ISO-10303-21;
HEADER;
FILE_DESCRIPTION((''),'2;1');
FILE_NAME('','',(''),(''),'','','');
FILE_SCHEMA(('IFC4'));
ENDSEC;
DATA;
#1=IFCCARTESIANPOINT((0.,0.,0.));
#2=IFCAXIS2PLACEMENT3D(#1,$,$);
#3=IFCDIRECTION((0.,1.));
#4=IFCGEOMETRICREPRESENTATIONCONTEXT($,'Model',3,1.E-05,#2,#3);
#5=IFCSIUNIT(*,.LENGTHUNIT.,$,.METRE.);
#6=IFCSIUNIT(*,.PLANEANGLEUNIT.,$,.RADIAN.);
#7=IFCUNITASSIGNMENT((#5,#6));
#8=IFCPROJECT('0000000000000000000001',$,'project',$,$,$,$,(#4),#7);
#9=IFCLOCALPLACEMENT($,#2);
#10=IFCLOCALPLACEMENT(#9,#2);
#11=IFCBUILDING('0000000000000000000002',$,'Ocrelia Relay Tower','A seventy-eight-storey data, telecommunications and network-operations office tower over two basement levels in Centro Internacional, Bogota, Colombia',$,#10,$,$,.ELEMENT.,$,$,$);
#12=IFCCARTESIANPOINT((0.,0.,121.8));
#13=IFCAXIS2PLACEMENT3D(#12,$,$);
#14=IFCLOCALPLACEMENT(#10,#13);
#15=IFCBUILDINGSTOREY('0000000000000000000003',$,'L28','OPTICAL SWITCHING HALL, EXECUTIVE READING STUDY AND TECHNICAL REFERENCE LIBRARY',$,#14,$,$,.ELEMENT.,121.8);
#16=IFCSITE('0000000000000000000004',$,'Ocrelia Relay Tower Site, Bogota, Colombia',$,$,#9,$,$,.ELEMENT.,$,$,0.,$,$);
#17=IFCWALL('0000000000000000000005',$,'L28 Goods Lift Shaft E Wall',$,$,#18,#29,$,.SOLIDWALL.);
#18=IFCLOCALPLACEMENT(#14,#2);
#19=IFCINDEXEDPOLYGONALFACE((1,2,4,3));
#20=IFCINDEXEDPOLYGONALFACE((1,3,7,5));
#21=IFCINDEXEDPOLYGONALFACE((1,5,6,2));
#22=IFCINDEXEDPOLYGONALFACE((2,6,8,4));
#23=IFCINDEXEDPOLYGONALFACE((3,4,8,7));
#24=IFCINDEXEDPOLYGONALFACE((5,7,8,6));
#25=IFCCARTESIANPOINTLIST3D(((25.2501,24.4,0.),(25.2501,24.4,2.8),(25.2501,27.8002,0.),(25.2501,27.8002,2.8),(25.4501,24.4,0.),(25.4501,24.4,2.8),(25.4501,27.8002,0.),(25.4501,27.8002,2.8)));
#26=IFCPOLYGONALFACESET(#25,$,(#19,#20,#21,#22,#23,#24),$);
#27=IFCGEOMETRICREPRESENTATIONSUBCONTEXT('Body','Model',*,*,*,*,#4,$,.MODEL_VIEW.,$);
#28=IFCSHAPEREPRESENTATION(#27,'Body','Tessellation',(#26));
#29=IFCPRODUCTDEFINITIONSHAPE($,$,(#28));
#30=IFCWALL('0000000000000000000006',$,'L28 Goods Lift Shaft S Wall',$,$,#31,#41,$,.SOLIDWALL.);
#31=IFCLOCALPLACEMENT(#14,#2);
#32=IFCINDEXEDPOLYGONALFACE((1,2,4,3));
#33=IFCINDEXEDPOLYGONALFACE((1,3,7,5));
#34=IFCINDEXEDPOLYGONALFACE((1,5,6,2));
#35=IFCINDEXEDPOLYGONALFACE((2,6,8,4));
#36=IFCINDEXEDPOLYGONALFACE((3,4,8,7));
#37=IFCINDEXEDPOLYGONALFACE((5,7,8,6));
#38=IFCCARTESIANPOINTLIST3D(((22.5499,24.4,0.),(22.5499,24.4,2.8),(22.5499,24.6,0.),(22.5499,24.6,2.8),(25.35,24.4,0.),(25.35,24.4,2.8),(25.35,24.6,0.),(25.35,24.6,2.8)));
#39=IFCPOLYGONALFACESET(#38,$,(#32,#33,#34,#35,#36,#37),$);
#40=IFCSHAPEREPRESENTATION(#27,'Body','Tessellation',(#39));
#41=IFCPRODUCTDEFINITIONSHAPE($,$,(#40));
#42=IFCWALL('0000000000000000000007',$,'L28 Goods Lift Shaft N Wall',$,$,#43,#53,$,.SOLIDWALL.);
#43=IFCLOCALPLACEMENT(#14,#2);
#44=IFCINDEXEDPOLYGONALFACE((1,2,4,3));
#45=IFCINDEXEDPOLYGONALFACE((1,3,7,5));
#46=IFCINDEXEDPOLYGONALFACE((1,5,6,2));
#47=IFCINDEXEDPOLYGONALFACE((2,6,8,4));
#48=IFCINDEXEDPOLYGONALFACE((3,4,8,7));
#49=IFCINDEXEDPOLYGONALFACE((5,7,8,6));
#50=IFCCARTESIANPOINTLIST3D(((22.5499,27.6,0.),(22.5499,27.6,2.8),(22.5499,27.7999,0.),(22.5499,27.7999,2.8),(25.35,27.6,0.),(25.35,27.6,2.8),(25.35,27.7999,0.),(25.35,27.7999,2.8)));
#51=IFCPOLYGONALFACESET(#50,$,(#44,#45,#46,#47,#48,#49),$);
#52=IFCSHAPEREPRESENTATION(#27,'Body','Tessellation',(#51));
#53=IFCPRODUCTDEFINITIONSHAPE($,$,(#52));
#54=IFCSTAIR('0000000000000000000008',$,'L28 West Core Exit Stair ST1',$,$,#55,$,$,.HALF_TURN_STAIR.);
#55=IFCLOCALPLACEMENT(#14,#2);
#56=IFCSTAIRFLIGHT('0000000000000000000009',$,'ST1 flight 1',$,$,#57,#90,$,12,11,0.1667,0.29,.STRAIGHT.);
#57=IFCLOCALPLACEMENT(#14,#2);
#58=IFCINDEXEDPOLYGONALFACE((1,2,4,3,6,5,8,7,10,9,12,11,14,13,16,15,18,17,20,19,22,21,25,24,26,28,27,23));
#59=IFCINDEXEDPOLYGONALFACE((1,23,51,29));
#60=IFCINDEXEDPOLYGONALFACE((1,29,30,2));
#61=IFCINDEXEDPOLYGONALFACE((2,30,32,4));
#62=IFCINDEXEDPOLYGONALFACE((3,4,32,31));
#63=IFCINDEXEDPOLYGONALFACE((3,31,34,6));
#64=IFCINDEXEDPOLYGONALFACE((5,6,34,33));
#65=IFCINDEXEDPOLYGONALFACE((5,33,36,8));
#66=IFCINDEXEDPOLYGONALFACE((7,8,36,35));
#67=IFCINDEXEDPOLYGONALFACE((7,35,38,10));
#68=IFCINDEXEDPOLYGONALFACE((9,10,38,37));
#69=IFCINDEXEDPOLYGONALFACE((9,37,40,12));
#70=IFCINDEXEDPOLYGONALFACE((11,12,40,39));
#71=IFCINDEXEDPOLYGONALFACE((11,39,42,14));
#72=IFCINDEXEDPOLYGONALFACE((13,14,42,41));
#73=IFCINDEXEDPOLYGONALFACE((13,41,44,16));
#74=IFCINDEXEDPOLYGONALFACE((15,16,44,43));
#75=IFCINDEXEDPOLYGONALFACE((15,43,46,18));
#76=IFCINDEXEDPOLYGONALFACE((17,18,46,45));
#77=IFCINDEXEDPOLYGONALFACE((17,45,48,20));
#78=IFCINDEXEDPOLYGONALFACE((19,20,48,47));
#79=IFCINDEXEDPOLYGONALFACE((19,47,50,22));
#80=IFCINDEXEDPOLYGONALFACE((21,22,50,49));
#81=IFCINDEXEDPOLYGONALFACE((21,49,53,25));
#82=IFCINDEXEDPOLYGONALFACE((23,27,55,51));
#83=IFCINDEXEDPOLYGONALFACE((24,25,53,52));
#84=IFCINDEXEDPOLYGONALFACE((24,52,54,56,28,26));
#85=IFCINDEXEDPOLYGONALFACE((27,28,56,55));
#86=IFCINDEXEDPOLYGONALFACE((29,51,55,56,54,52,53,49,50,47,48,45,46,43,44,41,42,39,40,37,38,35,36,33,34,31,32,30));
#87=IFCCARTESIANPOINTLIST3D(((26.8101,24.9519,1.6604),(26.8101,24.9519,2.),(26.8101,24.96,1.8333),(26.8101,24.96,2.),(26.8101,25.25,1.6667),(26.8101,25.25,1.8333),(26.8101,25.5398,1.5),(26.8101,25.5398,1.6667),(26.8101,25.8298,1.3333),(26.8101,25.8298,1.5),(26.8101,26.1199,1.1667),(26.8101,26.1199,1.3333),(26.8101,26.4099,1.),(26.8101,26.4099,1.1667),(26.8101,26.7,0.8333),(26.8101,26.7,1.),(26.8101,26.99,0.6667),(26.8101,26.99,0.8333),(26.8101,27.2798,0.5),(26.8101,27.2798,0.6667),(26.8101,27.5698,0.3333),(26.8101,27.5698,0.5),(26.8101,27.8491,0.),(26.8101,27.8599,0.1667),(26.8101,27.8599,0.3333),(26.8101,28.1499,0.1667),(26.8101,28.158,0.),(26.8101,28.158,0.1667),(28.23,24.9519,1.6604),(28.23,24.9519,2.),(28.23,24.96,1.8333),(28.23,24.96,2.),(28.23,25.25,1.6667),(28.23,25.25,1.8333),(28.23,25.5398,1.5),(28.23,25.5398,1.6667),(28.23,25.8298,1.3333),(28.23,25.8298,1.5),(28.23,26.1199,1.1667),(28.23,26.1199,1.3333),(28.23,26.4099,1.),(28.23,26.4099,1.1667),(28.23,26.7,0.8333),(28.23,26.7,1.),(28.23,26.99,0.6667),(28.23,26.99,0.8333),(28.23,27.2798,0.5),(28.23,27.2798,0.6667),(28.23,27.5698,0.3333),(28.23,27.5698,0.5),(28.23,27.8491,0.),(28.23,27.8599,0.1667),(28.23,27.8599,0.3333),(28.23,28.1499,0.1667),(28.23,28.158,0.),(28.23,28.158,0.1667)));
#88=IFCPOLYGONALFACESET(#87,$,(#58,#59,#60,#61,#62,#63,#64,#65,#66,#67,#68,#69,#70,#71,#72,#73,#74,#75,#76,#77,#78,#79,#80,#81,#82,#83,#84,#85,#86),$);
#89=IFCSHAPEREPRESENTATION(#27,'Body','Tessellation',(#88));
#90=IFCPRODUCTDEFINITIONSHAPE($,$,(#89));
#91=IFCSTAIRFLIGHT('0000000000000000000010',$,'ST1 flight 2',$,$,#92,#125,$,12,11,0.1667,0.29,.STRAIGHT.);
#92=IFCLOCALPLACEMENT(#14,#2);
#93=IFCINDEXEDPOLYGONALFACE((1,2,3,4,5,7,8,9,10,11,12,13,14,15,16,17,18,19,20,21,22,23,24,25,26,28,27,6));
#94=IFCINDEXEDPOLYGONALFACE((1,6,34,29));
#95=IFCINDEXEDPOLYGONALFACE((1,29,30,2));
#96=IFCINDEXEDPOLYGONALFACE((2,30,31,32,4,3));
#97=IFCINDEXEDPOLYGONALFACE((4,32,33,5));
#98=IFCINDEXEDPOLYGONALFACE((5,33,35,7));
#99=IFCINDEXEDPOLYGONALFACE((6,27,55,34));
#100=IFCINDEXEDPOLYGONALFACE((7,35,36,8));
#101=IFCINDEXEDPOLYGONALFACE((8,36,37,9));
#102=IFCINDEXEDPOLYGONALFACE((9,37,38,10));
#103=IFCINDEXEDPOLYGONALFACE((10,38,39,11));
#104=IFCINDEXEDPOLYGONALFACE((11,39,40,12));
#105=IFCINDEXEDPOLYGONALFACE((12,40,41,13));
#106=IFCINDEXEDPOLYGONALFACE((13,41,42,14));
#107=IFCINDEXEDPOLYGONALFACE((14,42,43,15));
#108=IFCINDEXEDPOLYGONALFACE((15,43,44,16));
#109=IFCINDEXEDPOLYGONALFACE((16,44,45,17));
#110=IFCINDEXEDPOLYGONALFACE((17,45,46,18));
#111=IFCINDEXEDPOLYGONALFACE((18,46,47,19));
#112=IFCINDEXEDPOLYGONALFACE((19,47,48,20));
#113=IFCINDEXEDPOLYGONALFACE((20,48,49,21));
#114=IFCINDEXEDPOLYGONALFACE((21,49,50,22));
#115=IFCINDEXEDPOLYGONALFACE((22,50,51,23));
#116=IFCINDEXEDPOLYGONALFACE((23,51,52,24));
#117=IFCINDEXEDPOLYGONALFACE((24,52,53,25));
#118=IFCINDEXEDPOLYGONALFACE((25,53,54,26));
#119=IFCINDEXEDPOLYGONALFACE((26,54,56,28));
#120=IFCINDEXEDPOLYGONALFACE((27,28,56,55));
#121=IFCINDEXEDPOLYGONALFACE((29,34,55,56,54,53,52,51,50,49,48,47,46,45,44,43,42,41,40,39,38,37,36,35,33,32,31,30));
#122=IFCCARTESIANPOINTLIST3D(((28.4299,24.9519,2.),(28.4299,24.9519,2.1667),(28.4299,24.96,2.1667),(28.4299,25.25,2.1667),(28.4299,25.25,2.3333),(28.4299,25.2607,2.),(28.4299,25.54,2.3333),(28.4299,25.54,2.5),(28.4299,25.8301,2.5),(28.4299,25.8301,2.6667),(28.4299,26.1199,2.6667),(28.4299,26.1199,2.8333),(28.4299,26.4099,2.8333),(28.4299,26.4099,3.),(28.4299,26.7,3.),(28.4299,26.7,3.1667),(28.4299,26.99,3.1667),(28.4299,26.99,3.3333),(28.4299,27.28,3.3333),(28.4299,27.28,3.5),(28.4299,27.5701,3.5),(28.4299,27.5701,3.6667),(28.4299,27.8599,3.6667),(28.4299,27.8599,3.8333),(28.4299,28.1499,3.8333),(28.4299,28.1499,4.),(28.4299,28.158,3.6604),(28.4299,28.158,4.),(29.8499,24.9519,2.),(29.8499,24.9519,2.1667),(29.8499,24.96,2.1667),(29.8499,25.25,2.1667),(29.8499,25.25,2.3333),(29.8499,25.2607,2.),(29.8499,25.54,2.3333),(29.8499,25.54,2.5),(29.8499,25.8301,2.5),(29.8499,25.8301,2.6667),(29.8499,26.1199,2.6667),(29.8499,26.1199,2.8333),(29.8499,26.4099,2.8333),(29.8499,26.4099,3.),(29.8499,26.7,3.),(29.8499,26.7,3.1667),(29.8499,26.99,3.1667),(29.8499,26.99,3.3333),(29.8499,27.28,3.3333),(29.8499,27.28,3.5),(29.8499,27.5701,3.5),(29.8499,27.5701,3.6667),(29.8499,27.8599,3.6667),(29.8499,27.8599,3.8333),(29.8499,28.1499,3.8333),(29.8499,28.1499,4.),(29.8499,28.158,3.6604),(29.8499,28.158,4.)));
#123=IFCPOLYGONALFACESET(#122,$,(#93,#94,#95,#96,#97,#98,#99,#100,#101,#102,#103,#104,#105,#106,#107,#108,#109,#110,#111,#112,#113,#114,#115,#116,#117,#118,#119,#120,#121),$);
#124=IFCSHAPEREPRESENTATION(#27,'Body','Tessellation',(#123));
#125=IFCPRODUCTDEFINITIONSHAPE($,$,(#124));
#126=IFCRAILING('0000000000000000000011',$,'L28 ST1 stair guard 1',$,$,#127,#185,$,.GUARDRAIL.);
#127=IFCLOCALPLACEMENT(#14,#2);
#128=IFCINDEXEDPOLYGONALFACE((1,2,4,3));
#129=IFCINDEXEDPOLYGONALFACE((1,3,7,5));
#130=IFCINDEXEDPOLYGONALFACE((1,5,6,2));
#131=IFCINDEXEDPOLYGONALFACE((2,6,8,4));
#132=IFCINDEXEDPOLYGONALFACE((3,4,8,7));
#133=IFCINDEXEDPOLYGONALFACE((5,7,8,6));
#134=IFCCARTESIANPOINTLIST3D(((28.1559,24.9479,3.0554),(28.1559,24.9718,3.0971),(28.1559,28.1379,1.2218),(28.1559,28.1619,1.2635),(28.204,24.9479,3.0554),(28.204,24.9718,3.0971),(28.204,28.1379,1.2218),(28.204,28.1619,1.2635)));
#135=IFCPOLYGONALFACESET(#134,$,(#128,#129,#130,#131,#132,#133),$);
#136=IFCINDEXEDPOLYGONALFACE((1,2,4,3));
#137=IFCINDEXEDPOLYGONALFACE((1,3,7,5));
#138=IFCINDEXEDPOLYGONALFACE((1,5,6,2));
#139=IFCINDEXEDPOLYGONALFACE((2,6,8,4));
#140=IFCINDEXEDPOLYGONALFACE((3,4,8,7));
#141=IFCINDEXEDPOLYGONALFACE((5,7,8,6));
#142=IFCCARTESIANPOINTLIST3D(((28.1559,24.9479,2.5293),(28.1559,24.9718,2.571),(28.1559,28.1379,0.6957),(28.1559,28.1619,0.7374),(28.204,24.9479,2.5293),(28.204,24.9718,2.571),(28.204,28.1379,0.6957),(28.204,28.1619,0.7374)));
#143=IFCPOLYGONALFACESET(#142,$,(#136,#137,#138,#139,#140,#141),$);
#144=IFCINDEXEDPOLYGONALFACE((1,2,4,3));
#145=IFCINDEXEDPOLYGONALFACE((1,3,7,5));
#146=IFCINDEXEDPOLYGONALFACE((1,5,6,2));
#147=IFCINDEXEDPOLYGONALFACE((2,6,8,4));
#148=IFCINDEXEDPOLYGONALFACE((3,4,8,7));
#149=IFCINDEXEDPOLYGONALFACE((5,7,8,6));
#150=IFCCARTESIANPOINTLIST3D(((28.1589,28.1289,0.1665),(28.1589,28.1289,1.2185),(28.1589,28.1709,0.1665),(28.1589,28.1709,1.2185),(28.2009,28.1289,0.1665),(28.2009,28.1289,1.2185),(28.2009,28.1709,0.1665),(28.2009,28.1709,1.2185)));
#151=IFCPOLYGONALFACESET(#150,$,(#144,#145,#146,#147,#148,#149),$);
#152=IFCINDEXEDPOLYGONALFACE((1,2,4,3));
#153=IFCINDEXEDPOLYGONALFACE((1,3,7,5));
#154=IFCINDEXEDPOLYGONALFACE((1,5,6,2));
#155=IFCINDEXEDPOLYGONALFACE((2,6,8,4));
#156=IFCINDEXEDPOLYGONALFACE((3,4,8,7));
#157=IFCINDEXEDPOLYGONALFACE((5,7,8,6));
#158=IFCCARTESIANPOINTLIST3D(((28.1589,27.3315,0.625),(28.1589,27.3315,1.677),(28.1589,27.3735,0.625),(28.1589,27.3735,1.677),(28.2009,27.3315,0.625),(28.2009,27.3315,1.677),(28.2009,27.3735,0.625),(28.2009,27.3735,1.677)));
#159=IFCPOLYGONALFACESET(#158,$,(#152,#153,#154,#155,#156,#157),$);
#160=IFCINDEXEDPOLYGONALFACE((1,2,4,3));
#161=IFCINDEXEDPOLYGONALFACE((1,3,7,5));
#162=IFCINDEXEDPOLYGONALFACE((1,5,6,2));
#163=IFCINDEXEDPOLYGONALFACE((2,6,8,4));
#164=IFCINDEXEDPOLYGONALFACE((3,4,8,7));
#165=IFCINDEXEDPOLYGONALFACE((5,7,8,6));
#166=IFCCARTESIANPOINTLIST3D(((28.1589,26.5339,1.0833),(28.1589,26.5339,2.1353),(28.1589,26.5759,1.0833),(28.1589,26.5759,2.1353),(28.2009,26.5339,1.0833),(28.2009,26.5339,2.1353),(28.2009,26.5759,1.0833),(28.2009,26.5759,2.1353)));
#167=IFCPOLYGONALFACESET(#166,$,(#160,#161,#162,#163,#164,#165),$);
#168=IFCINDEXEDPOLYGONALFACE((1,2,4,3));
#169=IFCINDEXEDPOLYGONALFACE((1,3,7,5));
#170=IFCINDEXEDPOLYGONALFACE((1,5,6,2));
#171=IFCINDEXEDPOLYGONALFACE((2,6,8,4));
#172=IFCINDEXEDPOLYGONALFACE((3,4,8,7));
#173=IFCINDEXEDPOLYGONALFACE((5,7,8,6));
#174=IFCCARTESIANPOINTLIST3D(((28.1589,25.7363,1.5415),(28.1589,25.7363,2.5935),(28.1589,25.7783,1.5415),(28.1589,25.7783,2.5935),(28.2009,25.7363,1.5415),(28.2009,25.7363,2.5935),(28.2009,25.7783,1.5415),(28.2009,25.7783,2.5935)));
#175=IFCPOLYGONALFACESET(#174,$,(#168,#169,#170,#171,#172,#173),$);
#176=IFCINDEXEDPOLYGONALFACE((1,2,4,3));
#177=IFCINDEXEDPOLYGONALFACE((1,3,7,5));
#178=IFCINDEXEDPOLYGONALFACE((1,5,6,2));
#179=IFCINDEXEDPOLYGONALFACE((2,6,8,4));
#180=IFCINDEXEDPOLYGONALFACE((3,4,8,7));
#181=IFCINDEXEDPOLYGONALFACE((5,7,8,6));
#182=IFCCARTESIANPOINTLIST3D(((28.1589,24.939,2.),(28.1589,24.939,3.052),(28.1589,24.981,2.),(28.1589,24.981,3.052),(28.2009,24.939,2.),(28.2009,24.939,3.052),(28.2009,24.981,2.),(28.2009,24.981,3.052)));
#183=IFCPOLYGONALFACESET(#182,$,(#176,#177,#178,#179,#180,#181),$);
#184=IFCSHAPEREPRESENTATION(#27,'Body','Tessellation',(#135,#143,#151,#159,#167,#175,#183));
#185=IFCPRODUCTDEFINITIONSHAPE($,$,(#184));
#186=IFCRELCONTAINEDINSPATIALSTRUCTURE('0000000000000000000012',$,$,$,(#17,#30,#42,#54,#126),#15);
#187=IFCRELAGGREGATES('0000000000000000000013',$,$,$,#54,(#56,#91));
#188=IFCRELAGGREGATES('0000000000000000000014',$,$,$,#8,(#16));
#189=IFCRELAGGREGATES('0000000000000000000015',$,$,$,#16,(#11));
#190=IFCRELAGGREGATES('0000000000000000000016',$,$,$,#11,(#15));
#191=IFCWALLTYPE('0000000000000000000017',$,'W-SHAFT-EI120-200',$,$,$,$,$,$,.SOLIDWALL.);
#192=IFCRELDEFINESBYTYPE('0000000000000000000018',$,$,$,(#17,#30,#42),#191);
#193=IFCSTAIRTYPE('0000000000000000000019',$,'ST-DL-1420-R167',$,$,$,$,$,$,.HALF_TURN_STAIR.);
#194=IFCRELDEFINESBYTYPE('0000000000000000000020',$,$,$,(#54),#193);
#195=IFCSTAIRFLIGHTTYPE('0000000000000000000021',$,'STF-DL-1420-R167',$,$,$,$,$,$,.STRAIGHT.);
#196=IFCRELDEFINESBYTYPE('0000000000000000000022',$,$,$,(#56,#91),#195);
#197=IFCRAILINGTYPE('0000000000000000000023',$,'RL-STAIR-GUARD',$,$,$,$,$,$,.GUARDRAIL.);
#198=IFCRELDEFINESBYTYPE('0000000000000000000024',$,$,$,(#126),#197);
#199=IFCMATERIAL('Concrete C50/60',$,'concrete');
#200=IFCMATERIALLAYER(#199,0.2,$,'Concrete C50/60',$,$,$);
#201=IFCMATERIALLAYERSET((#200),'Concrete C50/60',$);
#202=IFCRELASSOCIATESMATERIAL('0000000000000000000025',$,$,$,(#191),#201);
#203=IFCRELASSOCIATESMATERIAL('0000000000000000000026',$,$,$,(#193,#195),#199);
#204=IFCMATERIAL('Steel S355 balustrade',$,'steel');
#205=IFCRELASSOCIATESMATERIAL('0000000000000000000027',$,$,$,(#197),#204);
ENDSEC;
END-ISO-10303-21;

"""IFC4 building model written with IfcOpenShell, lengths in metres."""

from ifc_helpers import new_model, si_unit, direction, frame, frame_2d, origin, origin_2d, place, context, subcontext, project, spatial, polyline, rectangle, outline, extrude, material, layer, layer_set, type_object, element, aggregate, save


model = new_model("IFC4")

# Units and contexts
model_context = context("Model", 3, precision=1e-05, world=origin(), true_north=direction((0.0, 1.0)))
body_context = subcontext(model_context, "Body", "Model", "MODEL_VIEW")
ifc_project = project(units=[si_unit("LENGTHUNIT", "METRE"), si_unit("PLANEANGLEUNIT", "RADIAN")], contexts=[model_context])

# Site, building, storey
site_placement = place(None, origin())
site = spatial("IfcSite", under=ifc_project, at=site_placement, Name="Ocrelia Relay Tower Site, Bogota, Colombia", CompositionType="ELEMENT", RefElevation=0.0)
building_placement = place(site_placement, origin())
building = spatial("IfcBuilding", under=site, at=building_placement, Name="Ocrelia Relay Tower", Description="A seventy-eight-storey data, telecommunications and network-operations office tower over two basement levels in Centro Internacional, Bogota, Colombia", CompositionType="ELEMENT")
storey_placement = place(building_placement, frame((0.0, 0.0, 121.8)))
storey = spatial("IfcBuildingStorey", under=building, at=storey_placement, Name="L28", Description="OPTICAL SWITCHING HALL, EXECUTIVE READING STUDY AND TECHNICAL REFERENCE LIBRARY", CompositionType="ELEMENT", Elevation=121.8)

# Shared definitions
ifc_material_1 = material(Name="Concrete C50/60", Category="concrete")
ifc_layer_1 = layer(ifc_material_1, 0.2, Name="Concrete C50/60")
ifc_layer_set_1 = layer_set([ifc_layer_1], Name="Concrete C50/60")
wall_type_1 = type_object("IfcWallType", Name="W-SHAFT-EI120-200", PredefinedType="SOLIDWALL", material=ifc_layer_set_1)

# Walls
wall_1_placement = place(storey_placement, frame((25.3501, 24.3999, 0.0), z_axis=(0.0, 0.0, 1.0), x_axis=(0.0, 1.0, 0.0)))
element("IfcWall", 1, at=wall_1_placement, inside=storey, type_object=wall_type_1, Name="L28 Goods Lift Shaft E Wall", PredefinedType="SOLIDWALL", context=body_context, shape_type="SweptSolid", body=[
    extrude(rectangle(XDim=3.4001, YDim=0.2, at=frame_2d((1.7002, 0.0))), origin(), (0.0, 0.0, 1.0), 2.8),
])
for number, where, z_axis, x_axis, name in (
    (2, (22.55, 24.5, 0.0), (0.0, 0.0, 1.0), (1.0, 0.0, 0.0), "L28 Goods Lift Shaft S Wall"),
    (3, (22.55, 27.7, 0.0), (0.0, 0.0, 1.0), (1.0, 0.0, 0.0), "L28 Goods Lift Shaft N Wall"),
):
    element("IfcWall", number, at=place(storey_placement, frame(where, z_axis=z_axis, x_axis=x_axis)), inside=storey, type_object=wall_type_1, Name=name, PredefinedType="SOLIDWALL", context=body_context, shape_type="SweptSolid", body=[
        extrude(rectangle(XDim=2.8, YDim=0.2, at=frame_2d((1.3999, 0.0))), origin(), (0.0, 0.0, 1.0), 2.8),
    ])

# Stair, stair flights
stair_type = type_object("IfcStairType", Name="ST-DL-1420-R167", PredefinedType="HALF_TURN_STAIR", material=ifc_material_1)
stair_placement = place(storey_placement, origin())
stair = element("IfcStair", 4, at=stair_placement, inside=storey, type_object=stair_type, Name="L28 West Core Exit Stair ST1", PredefinedType="HALF_TURN_STAIR")
stair_flight_type = type_object("IfcStairFlightType", Name="STF-DL-1420-R167", PredefinedType="STRAIGHT", material=ifc_material_1)
stair_flight_1_placement = place(storey_placement, frame((27.52, 28.1499, 0.0), z_axis=(0.0, 0.0, 1.0), x_axis=(0.0, -1.0, 0.0)))
stair_flight_1 = element("IfcStairFlight", 5, at=stair_flight_1_placement, type_object=stair_flight_type, Name="ST1 flight 1", NumberOfRisers=12, NumberOfTreads=11, PredefinedType="STRAIGHT", RiserHeight=0.1667, TreadLength=0.29, context=body_context, shape_type="SweptSolid", body=[
    extrude(outline(polyline([(-0.0081, 0.0), (-0.0081, 0.1667), (0.0, 0.1667), (0.29, 0.1667), (0.29, 0.3333), (0.5801, 0.3333), (0.5801, 0.5), (0.8701, 0.5), (0.8701, 0.6667), (1.1599, 0.6667), (1.1599, 0.8333), (1.45, 0.8333), (1.45, 1.0), (1.74, 1.0), (1.74, 1.1667), (2.03, 1.1667), (2.03, 1.3333), (2.3201, 1.3333), (2.3201, 1.5), (2.6101, 1.5), (2.6101, 1.6667), (2.8999, 1.6667), (2.8999, 1.8333), (3.1899, 1.8333), (3.1899, 2.0), (3.198, 2.0), (3.198, 1.6604), (0.3008, 0.0), (-0.0081, 0.0)])), frame((0.0, 0.71, 0.0), z_axis=(0.0, -1.0, 0.0), x_axis=(1.0, 0.0, 0.0)), (0.0, 0.0, 1.0), 1.4199),
])
stair_flight_2_placement = place(storey_placement, frame((29.1399, 24.96, 2.0), z_axis=(0.0, 0.0, 1.0), x_axis=(0.0, 1.0, 0.0)))
stair_flight_2 = element("IfcStairFlight", 6, at=stair_flight_2_placement, type_object=stair_flight_type, Name="ST1 flight 2", NumberOfRisers=12, NumberOfTreads=11, PredefinedType="STRAIGHT", RiserHeight=0.1667, TreadLength=0.29, context=body_context, shape_type="SweptSolid", body=[
    extrude(outline(polyline([(-0.0081, 0.0), (-0.0081, 0.1667), (0.0, 0.1667), (0.29, 0.1667), (0.29, 0.3333), (0.5801, 0.3333), (0.5801, 0.5), (0.8701, 0.5), (0.8701, 0.6667), (1.1599, 0.6667), (1.1599, 0.8333), (1.45, 0.8333), (1.45, 1.0), (1.74, 1.0), (1.74, 1.1667), (2.03, 1.1667), (2.03, 1.3333), (2.3201, 1.3333), (2.3201, 1.5), (2.6101, 1.5), (2.6101, 1.6667), (2.8999, 1.6667), (2.8999, 1.8333), (3.1899, 1.8333), (3.1899, 2.0), (3.198, 2.0), (3.198, 1.6604), (0.3008, 0.0), (-0.0081, 0.0)])), frame((0.0, 0.71, 0.0), z_axis=(0.0, -1.0, 0.0), x_axis=(1.0, 0.0, 0.0)), (0.0, 0.0, 1.0), 1.4199),
])
aggregate(stair, [stair_flight_1, stair_flight_2])

# Railing
ifc_material_2 = material(Name="Steel S355 balustrade", Category="steel")
railing_type_1 = type_object("IfcRailingType", Name="RL-STAIR-GUARD", PredefinedType="GUARDRAIL", material=ifc_material_2)
railing_1_placement = place(storey_placement, frame((28.1799, 28.1499, 0.1665)))
element("IfcRailing", 7, at=railing_1_placement, inside=storey, type_object=railing_type_1, Name="L28 ST1 stair guard 1", PredefinedType="GUARDRAIL", context=body_context, shape_type="SweptSolid", body=[
    extrude(rectangle(XDim=0.0481, YDim=0.0481, at=origin_2d()), frame((0.0, 0.0, 1.0762), z_axis=(0.0, -0.866991, 0.498324), x_axis=(1.0, 0.0, 0.0)), (0.0, 0.0, 1.0), 3.6794),
    extrude(rectangle(XDim=0.0481, YDim=0.0481, at=origin_2d()), frame((0.0, 0.0, 0.55), z_axis=(0.0, -0.866991, 0.498324), x_axis=(1.0, 0.0, 0.0)), (0.0, 0.0, 1.0), 3.6794),
    extrude(rectangle(XDim=0.042, YDim=0.042, at=origin_2d()), origin(), (0.0, 0.0, 1.0), 1.052),
    extrude(rectangle(XDim=0.042, YDim=0.042, at=origin_2d()), frame((0.0, -0.7974, 0.4585)), (0.0, 0.0, 1.0), 1.052),
    extrude(rectangle(XDim=0.042, YDim=0.042, at=origin_2d()), frame((0.0, -1.595, 0.9167)), (0.0, 0.0, 1.0), 1.052),
    extrude(rectangle(XDim=0.042, YDim=0.042, at=origin_2d()), frame((0.0, -2.3926, 1.375)), (0.0, 0.0, 1.0), 1.052),
    extrude(rectangle(XDim=0.042, YDim=0.042, at=origin_2d()), frame((0.0, -3.1899, 1.8335)), (0.0, 0.0, 1.0), 1.052),
])

save(model, "model.ifc")
